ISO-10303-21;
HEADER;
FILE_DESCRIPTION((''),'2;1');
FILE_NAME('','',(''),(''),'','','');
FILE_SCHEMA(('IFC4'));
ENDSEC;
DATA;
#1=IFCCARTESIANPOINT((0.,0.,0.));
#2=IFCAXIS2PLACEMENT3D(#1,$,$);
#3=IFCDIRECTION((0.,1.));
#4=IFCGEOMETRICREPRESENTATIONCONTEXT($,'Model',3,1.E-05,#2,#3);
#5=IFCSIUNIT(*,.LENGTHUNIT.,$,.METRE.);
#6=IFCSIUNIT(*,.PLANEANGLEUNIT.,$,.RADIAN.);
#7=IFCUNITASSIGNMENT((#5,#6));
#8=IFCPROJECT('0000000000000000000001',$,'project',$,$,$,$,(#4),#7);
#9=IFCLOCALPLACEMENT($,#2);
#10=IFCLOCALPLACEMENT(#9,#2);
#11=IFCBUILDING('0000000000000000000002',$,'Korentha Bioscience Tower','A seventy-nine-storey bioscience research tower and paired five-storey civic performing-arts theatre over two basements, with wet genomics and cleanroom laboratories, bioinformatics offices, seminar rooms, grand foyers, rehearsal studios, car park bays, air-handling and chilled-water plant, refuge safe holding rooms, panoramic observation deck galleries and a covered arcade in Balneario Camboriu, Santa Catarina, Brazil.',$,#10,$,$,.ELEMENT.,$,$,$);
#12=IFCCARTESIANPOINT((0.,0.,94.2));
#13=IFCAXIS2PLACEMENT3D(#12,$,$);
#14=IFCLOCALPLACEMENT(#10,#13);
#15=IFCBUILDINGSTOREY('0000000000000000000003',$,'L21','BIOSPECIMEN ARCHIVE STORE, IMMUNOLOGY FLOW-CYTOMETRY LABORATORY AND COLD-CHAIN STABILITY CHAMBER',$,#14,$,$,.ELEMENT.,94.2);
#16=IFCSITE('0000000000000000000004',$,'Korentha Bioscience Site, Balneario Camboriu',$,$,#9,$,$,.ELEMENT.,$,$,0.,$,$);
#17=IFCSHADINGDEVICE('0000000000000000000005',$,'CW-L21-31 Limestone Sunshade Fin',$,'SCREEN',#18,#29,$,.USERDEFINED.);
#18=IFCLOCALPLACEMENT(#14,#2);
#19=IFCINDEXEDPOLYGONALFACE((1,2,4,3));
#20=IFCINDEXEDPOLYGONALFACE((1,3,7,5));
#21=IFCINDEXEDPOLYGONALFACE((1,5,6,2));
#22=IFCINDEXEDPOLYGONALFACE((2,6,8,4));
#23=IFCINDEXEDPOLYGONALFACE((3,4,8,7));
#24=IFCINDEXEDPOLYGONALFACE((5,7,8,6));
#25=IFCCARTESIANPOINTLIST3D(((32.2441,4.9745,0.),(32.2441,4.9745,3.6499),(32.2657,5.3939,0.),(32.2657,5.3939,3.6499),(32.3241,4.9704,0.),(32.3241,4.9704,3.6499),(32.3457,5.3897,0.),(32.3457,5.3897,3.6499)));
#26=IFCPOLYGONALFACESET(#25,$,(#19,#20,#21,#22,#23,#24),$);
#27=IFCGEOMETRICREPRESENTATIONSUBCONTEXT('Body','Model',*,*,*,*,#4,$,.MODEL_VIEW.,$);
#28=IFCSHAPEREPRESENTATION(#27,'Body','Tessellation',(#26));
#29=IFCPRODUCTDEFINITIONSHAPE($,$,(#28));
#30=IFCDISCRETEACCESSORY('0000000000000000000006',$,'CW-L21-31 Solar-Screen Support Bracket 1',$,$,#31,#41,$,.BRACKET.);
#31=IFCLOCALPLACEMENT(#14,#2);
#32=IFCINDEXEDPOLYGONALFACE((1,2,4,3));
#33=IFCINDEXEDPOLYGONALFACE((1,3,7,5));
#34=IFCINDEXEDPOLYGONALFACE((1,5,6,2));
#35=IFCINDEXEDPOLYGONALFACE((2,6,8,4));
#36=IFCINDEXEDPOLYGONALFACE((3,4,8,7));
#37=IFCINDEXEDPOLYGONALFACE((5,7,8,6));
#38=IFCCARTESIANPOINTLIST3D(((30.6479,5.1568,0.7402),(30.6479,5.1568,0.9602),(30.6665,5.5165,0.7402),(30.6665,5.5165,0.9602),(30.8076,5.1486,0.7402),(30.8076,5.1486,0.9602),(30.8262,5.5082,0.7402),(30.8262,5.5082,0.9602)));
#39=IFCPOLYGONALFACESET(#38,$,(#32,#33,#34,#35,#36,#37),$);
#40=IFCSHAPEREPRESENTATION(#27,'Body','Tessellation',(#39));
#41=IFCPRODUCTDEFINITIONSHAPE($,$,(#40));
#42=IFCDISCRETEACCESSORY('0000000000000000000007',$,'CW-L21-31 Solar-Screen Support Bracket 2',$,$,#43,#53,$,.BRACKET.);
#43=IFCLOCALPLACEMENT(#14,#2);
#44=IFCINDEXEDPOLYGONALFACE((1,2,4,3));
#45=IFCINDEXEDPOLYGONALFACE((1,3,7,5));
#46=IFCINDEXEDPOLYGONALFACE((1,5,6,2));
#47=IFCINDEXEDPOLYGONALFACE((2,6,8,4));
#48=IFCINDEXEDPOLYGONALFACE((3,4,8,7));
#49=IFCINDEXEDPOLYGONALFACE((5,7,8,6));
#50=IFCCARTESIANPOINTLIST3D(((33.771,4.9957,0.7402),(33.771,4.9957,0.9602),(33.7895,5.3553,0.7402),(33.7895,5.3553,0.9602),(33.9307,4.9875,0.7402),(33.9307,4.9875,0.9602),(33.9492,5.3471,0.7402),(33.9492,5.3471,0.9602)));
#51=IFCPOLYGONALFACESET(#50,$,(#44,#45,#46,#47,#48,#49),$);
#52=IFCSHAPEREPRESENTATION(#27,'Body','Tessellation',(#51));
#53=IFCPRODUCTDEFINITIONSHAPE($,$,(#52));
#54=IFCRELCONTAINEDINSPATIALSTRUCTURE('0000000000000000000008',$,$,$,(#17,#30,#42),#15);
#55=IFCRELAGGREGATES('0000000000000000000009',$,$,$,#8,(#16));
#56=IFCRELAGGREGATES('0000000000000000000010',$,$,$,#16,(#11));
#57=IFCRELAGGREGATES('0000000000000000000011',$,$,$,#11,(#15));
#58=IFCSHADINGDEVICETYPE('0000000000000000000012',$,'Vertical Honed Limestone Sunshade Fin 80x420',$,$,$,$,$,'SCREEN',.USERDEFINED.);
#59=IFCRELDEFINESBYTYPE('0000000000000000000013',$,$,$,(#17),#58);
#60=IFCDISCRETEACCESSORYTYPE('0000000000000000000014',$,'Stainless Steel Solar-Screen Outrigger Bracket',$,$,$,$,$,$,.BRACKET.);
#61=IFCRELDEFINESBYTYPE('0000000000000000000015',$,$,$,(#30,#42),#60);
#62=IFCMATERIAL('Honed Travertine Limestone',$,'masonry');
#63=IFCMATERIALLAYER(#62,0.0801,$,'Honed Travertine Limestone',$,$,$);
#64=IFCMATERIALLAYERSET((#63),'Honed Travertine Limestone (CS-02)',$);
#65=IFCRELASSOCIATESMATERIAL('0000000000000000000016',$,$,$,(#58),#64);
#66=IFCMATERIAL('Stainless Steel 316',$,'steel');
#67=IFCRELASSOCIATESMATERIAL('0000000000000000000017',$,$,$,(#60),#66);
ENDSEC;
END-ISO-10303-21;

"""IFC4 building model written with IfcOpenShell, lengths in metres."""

from ifc_helpers import new_model, si_unit, direction, frame, origin, origin_2d, place, context, subcontext, project, spatial, rectangle, extrude, material, layer, layer_set, type_object, element, save


model = new_model("IFC4")

# Units and contexts
model_context = context("Model", 3, precision=1e-05, world=origin(), true_north=direction((0.0, 1.0)))
body_context = subcontext(model_context, "Body", "Model", "MODEL_VIEW")
ifc_project = project(units=[si_unit("LENGTHUNIT", "METRE"), si_unit("PLANEANGLEUNIT", "RADIAN")], contexts=[model_context])

# Site, building, storey
site_placement = place(None, origin())
site = spatial("IfcSite", under=ifc_project, at=site_placement, Name="Korentha Bioscience Site, Balneario Camboriu", CompositionType="ELEMENT", RefElevation=0.0)
building_placement = place(site_placement, origin())
building = spatial("IfcBuilding", under=site, at=building_placement, Name="Korentha Bioscience Tower", Description="A seventy-nine-storey bioscience research tower and paired five-storey civic performing-arts theatre over two basements, with wet genomics and cleanroom laboratories, bioinformatics offices, seminar rooms, grand foyers, rehearsal studios, car park bays, air-handling and chilled-water plant, refuge safe holding rooms, panoramic observation deck galleries and a covered arcade in Balneario Camboriu, Santa Catarina, Brazil.", CompositionType="ELEMENT")
storey_placement = place(building_placement, frame((0.0, 0.0, 94.2)))
storey = spatial("IfcBuildingStorey", under=building, at=storey_placement, Name="L21", Description="BIOSPECIMEN ARCHIVE STORE, IMMUNOLOGY FLOW-CYTOMETRY LABORATORY AND COLD-CHAIN STABILITY CHAMBER", CompositionType="ELEMENT", Elevation=94.2)

# Shading device
ifc_material_1 = material(Name="Honed Travertine Limestone", Category="masonry")
ifc_layer_1 = layer(ifc_material_1, 0.0801, Name="Honed Travertine Limestone")
ifc_layer_set_1 = layer_set([ifc_layer_1], Name="Honed Travertine Limestone (CS-02)")
shading_device_type_1 = type_object("IfcShadingDeviceType", Name="Vertical Honed Limestone Sunshade Fin 80x420", ElementType="SCREEN", PredefinedType="USERDEFINED", material=ifc_layer_set_1)
shading_device_1_placement = place(storey_placement, frame((32.2949, 5.1821, 0.0), z_axis=(0.0, 0.0, 1.0), x_axis=(0.998673, -0.051495, 0.0)))
element("IfcShadingDevice", 1, at=shading_device_1_placement, inside=storey, type_object=shading_device_type_1, Name="CW-L21-31 Limestone Sunshade Fin", ObjectType="SCREEN", PredefinedType="USERDEFINED", context=body_context, shape_type="SweptSolid", body=[
    extrude(rectangle(XDim=0.0801, YDim=0.4199, at=origin_2d()), origin(), (0.0, 0.0, 1.0), 3.6499),
])

# Discrete accessories
ifc_material_2 = material(Name="Stainless Steel 316", Category="steel")
discrete_accessory_type = type_object("IfcDiscreteAccessoryType", Name="Stainless Steel Solar-Screen Outrigger Bracket", PredefinedType="BRACKET", material=ifc_material_2)
for number, where, z_axis, x_axis, name in (
    (2, (30.7371, 5.3325, 0.7402), (0.0, 0.0, 1.0), (0.998673, -0.051495, 0.0), "CW-L21-31 Solar-Screen Support Bracket 1"),
    (3, (33.8601, 5.1714, 0.7402), (0.0, 0.0, 1.0), (0.998673, -0.051495, 0.0), "CW-L21-31 Solar-Screen Support Bracket 2"),
):
    element("IfcDiscreteAccessory", number, at=place(storey_placement, frame(where, z_axis=z_axis, x_axis=x_axis)), inside=storey, type_object=discrete_accessory_type, Name=name, PredefinedType="BRACKET", context=body_context, shape_type="SweptSolid", body=[
        extrude(rectangle(XDim=0.1599, YDim=0.3601, at=origin_2d()), origin(), (0.0, 0.0, 1.0), 0.22),
    ])

save(model, "model.ifc")
